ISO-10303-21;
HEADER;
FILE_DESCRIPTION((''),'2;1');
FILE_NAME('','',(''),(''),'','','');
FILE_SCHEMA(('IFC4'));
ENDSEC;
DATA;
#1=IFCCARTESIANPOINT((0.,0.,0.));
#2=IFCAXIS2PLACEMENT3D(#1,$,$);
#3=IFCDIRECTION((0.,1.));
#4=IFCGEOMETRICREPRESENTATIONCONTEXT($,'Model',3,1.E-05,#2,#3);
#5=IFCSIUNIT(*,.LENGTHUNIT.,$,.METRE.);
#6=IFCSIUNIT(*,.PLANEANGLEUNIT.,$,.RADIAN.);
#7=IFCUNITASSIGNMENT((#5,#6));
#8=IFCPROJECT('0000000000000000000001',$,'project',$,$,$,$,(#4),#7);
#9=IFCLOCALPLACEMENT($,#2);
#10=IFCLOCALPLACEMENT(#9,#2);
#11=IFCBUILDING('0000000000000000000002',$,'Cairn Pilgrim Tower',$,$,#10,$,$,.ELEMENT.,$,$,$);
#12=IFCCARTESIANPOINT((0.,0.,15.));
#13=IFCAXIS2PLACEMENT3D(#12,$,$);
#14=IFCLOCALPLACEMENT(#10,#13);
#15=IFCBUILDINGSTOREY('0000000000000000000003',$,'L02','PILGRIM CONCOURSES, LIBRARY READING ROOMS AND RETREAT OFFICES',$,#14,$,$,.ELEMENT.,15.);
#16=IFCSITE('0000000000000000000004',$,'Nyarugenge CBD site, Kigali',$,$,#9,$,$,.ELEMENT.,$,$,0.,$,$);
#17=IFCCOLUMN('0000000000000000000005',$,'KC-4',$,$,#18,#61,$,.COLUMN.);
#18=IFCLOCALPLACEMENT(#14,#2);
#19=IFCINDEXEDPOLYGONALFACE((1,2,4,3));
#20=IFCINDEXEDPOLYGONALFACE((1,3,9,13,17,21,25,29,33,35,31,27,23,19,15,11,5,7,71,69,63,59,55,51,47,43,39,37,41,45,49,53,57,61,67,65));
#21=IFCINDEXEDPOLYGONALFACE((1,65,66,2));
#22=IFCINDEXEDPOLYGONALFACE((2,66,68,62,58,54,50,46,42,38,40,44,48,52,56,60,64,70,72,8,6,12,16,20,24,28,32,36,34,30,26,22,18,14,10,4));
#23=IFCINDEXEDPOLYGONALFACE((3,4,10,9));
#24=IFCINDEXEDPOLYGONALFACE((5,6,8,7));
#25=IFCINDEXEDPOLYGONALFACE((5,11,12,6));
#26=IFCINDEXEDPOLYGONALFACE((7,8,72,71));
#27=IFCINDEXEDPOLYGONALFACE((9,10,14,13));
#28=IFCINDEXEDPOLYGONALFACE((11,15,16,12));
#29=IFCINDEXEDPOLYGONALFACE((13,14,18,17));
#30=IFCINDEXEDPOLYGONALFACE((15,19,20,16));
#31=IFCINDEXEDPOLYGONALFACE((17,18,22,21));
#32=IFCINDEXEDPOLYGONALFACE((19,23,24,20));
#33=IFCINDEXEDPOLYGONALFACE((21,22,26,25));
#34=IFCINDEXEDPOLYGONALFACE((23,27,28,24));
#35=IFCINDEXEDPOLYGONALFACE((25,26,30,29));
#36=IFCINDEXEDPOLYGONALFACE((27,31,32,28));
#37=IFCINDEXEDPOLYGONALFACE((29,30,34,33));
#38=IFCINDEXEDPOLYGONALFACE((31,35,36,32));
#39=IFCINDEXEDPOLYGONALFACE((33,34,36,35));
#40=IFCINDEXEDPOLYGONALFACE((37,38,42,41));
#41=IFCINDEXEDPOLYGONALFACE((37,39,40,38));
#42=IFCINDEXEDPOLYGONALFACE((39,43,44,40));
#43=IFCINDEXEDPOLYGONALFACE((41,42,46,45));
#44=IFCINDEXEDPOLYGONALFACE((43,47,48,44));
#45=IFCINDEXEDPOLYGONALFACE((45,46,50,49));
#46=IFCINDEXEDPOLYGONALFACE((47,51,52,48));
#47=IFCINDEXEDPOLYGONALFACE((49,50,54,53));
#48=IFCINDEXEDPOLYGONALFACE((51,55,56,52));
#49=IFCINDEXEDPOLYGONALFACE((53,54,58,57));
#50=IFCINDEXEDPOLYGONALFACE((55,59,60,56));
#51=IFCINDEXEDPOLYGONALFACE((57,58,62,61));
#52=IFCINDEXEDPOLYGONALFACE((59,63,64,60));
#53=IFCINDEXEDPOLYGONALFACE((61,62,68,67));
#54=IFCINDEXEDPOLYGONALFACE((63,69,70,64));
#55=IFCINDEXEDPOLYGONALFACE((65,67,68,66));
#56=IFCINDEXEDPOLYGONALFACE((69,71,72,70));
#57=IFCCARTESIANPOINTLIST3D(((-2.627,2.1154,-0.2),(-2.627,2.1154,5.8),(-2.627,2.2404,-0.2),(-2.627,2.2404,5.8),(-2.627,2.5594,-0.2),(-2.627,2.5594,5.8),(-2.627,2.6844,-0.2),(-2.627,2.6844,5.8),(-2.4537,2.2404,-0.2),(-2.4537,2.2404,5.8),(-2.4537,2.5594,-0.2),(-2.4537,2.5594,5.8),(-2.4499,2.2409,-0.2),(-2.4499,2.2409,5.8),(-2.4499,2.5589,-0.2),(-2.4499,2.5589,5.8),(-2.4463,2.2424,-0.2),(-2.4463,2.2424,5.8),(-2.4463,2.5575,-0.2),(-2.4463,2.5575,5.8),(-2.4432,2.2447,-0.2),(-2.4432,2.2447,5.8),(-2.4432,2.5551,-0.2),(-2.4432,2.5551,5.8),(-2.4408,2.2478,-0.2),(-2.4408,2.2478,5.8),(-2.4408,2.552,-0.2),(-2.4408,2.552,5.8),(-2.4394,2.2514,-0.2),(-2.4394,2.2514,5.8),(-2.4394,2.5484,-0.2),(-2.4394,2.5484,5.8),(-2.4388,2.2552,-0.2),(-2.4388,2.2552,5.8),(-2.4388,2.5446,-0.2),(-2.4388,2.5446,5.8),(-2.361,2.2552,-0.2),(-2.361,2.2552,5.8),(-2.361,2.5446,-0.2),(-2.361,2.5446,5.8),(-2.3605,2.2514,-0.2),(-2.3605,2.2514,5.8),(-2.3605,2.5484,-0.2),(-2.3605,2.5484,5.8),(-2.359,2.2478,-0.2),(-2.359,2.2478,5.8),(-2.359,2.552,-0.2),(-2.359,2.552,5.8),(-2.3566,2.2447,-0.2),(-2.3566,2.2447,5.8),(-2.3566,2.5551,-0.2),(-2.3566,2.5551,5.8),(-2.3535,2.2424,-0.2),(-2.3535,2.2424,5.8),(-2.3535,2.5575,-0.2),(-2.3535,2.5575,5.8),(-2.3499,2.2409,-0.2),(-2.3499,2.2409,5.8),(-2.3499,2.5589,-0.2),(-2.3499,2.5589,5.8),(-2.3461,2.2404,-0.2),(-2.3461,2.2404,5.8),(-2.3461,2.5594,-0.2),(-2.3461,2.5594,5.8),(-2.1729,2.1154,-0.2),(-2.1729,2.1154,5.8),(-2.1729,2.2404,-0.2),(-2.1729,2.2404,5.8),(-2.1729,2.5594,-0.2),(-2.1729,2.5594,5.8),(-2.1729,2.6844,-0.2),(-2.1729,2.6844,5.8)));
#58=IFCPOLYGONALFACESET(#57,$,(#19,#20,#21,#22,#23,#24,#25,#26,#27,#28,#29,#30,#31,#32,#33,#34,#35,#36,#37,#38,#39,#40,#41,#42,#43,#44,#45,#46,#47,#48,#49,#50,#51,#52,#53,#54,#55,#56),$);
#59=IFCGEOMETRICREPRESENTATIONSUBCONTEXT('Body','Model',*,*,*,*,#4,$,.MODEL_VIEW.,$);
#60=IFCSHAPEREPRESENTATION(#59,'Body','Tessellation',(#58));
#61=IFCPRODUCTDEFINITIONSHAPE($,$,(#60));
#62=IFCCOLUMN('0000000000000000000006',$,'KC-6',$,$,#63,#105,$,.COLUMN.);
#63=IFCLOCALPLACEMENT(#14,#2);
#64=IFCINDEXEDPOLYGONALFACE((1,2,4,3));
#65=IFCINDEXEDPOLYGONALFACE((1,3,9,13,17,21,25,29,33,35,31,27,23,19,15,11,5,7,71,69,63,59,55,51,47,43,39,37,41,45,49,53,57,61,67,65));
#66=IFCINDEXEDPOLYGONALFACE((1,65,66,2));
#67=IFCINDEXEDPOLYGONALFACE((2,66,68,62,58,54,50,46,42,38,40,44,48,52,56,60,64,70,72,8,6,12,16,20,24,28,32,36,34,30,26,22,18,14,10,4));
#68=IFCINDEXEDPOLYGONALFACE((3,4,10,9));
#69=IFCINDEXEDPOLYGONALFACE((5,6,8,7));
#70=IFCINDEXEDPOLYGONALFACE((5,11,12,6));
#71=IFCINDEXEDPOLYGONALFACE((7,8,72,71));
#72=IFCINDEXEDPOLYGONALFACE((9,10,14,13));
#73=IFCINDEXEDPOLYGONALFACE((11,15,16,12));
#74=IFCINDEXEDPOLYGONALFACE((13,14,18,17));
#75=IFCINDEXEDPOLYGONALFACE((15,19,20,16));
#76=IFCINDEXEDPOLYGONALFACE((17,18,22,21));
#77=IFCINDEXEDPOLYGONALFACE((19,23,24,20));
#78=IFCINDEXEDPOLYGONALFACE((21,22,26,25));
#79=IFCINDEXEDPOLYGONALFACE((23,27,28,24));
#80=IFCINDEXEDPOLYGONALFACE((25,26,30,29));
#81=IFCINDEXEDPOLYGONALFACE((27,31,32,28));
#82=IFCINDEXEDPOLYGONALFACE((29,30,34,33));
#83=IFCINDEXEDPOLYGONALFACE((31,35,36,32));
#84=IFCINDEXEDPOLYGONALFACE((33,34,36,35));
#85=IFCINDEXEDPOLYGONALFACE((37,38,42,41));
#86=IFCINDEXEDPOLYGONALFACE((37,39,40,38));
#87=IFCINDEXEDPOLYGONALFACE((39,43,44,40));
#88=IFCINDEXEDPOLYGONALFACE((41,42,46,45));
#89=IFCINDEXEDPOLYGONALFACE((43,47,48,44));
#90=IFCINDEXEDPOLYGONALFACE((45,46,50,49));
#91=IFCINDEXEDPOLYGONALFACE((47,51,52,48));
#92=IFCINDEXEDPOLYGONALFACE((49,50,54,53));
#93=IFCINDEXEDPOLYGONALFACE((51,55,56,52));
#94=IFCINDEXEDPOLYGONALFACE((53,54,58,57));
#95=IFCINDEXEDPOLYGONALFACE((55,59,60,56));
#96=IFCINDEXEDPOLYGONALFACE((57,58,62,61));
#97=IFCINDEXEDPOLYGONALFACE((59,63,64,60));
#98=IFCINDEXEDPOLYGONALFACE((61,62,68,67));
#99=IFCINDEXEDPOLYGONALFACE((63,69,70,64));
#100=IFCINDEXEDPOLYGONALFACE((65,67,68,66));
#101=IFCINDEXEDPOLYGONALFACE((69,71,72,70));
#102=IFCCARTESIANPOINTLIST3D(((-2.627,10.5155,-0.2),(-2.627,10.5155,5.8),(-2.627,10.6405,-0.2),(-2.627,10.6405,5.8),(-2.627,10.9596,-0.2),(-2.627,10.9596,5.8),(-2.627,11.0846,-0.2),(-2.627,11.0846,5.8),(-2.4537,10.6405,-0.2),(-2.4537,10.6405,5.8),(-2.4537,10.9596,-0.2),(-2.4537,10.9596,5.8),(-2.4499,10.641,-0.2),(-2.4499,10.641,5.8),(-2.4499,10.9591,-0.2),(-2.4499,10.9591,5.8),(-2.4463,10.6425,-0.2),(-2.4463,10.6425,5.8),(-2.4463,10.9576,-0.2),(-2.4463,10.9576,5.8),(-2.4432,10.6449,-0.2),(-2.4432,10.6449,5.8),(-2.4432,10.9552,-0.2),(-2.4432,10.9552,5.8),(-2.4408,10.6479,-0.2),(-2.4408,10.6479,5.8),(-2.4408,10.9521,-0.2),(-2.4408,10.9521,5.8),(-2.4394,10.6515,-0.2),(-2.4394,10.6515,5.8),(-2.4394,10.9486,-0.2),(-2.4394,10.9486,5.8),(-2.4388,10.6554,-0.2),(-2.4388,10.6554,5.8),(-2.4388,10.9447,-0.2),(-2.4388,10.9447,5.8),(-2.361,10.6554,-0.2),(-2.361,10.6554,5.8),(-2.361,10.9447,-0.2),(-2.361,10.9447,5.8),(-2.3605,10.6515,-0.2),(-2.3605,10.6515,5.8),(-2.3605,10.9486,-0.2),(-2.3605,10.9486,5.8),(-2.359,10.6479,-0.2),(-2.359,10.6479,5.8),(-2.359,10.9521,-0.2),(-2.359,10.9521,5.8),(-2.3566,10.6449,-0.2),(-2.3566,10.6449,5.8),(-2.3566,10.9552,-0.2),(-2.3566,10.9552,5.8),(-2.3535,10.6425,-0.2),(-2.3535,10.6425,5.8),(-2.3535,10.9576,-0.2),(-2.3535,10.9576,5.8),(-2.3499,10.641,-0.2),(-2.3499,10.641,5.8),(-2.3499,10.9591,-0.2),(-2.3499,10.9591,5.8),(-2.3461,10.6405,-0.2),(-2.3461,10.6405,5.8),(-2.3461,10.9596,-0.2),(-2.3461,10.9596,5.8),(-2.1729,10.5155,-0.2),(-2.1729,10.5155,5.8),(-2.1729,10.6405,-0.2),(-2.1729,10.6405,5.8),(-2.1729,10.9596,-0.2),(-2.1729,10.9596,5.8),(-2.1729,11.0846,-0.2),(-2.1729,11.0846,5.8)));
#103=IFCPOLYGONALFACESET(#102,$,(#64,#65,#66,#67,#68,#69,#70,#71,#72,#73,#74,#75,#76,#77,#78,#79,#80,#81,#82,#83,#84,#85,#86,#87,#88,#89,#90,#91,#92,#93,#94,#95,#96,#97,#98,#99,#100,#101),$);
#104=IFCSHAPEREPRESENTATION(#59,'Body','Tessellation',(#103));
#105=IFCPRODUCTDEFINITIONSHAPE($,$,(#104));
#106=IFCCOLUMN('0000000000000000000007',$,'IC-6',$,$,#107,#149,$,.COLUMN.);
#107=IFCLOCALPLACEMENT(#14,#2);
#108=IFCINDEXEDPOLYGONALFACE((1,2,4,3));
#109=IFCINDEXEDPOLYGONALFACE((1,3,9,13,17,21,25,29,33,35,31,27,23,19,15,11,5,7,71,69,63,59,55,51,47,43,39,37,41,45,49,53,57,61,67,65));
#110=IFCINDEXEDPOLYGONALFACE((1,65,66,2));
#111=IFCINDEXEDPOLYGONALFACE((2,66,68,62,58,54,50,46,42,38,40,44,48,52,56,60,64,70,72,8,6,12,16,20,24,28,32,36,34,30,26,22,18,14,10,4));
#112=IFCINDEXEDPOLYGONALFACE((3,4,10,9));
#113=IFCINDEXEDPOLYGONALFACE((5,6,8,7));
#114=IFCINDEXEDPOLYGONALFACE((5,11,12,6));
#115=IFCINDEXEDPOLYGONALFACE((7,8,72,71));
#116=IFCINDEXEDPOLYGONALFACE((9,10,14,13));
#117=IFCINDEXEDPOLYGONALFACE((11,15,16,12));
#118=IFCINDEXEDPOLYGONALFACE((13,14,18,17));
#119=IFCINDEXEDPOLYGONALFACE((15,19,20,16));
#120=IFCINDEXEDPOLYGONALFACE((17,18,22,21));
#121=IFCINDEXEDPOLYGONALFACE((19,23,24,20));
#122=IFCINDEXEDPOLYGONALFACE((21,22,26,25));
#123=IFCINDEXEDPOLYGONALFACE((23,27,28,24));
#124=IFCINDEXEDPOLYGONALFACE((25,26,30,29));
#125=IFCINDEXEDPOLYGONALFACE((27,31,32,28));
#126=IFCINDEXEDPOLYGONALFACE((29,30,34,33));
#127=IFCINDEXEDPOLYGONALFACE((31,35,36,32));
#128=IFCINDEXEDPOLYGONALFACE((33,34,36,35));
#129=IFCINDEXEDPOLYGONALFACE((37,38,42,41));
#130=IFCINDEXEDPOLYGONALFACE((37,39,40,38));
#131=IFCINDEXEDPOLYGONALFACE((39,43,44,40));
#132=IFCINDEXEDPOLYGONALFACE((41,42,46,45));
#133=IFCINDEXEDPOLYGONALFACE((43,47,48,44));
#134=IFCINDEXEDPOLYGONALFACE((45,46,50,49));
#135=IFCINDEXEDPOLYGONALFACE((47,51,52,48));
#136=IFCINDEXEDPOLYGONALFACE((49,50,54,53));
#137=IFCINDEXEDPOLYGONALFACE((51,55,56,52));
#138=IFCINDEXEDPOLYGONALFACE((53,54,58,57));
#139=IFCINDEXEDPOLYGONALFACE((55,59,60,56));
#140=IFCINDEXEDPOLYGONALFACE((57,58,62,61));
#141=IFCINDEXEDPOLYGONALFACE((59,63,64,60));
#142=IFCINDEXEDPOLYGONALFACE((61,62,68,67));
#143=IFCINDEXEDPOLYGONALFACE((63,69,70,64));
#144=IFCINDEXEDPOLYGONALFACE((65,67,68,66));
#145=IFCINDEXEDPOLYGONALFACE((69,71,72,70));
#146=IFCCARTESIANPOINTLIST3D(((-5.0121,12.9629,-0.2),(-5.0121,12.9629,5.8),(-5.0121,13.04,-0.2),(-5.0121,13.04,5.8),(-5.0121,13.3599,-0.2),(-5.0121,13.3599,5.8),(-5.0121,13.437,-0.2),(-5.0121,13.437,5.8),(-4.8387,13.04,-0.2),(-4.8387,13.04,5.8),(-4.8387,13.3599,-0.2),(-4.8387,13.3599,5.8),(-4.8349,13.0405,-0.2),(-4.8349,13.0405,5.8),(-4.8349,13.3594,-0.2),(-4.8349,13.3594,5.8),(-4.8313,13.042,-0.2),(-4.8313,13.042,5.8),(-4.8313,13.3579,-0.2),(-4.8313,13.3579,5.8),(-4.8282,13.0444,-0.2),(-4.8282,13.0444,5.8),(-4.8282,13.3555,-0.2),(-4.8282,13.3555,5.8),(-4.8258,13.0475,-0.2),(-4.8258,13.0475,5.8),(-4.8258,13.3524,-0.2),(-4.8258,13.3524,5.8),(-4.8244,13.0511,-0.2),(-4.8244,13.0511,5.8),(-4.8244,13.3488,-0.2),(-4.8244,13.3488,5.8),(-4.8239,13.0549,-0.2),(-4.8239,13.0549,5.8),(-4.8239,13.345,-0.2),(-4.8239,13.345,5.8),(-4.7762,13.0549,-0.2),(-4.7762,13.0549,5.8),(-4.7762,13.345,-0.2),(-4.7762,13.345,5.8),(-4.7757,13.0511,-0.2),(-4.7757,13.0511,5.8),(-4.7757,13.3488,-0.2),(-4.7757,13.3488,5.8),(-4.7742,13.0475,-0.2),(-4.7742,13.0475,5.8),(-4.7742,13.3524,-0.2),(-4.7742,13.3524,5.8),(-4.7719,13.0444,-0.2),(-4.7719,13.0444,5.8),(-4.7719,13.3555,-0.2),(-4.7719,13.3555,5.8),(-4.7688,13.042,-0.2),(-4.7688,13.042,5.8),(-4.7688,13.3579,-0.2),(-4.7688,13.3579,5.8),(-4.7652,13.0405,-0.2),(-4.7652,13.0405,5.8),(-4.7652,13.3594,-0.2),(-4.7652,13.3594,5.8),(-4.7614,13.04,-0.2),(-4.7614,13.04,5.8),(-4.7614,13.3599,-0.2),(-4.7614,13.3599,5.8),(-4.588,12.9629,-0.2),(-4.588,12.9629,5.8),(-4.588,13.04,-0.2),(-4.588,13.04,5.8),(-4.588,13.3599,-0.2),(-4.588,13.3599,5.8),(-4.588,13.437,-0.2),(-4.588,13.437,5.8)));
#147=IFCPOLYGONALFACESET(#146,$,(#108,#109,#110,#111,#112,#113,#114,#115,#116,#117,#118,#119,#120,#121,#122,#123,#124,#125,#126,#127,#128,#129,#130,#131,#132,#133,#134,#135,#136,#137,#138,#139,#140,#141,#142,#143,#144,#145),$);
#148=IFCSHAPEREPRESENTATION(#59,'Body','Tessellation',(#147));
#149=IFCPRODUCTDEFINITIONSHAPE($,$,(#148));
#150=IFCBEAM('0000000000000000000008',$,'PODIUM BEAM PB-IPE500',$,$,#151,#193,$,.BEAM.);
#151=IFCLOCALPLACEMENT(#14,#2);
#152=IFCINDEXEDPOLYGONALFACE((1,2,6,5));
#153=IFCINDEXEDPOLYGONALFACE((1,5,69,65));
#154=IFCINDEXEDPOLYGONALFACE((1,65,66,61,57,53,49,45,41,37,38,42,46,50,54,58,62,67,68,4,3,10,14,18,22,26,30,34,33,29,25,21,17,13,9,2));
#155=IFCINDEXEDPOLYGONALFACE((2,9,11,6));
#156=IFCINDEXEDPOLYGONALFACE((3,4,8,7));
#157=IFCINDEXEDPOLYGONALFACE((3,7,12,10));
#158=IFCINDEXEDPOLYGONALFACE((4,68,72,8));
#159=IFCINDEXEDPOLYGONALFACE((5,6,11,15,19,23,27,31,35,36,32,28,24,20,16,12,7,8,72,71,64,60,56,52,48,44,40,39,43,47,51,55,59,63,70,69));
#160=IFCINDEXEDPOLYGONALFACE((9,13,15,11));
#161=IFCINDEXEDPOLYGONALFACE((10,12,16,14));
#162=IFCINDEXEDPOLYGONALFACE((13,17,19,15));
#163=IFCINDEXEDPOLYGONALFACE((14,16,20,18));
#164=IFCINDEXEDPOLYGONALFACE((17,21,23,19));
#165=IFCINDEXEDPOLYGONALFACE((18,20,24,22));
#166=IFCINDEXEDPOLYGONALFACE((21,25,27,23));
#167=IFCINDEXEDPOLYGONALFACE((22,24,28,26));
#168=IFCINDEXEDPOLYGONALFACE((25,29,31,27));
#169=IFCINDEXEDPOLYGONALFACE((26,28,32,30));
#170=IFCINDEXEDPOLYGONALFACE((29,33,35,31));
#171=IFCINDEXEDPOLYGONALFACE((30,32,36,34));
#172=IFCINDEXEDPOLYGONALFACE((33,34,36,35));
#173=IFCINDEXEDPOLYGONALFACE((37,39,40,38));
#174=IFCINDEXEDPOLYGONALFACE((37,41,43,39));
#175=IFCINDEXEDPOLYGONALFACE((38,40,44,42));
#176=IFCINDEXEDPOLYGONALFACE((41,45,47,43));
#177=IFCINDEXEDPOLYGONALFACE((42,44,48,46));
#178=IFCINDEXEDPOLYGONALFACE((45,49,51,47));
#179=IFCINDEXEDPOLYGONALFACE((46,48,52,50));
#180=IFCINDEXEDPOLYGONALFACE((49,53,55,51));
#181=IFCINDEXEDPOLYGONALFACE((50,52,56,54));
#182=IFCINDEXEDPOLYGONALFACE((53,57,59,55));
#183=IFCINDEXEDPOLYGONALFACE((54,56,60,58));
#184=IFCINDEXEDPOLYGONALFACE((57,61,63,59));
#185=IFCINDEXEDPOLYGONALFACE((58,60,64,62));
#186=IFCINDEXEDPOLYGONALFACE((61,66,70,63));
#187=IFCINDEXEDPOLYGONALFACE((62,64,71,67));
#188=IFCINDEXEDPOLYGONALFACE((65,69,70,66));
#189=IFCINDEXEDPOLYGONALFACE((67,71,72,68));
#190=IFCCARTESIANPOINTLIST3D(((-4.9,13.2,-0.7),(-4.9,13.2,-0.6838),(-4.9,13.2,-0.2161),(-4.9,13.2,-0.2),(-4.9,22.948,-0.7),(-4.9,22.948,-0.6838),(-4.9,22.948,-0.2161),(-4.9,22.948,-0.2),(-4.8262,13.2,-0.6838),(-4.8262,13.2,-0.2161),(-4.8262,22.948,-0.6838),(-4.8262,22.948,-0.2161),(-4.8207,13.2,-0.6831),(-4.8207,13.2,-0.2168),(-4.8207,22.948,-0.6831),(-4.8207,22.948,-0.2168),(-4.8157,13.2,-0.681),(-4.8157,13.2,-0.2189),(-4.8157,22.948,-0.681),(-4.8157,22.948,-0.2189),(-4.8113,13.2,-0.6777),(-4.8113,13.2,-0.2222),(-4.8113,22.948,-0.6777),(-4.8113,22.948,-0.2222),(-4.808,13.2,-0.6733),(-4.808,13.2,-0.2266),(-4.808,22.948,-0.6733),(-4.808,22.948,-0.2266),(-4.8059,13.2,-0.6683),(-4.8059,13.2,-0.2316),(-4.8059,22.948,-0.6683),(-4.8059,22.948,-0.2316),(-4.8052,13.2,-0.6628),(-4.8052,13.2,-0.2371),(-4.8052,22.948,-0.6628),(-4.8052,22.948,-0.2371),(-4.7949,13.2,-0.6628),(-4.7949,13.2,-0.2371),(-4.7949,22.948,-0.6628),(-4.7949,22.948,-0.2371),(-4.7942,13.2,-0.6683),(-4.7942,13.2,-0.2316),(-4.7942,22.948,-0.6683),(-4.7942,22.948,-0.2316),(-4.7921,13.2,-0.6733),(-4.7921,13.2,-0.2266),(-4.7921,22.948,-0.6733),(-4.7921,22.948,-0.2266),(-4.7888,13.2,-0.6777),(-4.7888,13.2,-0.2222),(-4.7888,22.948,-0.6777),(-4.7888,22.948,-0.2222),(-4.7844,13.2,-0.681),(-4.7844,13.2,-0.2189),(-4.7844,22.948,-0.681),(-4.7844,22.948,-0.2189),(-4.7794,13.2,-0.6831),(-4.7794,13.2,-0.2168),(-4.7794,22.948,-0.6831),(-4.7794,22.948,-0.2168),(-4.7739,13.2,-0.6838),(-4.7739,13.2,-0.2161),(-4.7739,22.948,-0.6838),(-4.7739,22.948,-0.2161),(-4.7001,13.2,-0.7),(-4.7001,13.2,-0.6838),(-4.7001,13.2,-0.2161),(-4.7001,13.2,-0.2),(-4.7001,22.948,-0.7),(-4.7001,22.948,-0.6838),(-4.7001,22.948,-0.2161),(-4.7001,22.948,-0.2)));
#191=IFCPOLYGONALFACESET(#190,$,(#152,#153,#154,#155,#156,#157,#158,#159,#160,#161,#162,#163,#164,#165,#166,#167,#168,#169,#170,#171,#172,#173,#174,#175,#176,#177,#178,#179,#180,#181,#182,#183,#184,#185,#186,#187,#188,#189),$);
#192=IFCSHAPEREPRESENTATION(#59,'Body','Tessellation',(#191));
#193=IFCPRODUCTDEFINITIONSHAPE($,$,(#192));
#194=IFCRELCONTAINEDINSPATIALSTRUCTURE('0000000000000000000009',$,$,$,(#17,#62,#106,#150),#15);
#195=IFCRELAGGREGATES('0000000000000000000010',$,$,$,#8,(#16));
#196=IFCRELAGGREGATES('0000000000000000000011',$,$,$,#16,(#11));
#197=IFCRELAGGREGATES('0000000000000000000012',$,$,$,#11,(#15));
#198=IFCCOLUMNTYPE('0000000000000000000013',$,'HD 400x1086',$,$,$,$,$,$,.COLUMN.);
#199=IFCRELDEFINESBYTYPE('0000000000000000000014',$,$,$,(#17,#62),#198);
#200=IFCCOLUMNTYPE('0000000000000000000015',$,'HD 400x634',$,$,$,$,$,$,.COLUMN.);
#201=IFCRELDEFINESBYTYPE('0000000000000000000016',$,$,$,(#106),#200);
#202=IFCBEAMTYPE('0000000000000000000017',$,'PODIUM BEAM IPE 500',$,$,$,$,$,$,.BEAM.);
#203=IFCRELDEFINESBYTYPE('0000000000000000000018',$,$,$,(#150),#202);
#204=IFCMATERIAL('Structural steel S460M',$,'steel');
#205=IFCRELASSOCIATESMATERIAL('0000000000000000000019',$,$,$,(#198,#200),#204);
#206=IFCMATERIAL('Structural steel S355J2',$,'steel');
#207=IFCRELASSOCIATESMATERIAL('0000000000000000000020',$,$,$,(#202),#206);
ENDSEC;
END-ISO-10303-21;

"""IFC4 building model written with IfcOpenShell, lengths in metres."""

from ifc_helpers import new_model, si_unit, direction, frame, origin, origin_2d, place, context, subcontext, project, spatial, i_section, extrude, material, material_profile, profile_set, type_object, element, save


model = new_model("IFC4")

# Units and contexts
model_context = context("Model", 3, precision=1e-05, world=origin(), true_north=direction((0.0, 1.0)))
body_context = subcontext(model_context, "Body", "Model", "MODEL_VIEW")
ifc_project = project(units=[si_unit("LENGTHUNIT", "METRE"), si_unit("PLANEANGLEUNIT", "RADIAN")], contexts=[model_context])

# Site, building, storey
site_placement = place(None, origin())
site = spatial("IfcSite", under=ifc_project, at=site_placement, Name="Nyarugenge CBD site, Kigali", CompositionType="ELEMENT", RefElevation=0.0)
building_placement = place(site_placement, origin())
building = spatial("IfcBuilding", under=site, at=building_placement, Name="Cairn Pilgrim Tower", CompositionType="ELEMENT")
storey_placement = place(building_placement, frame((0.0, 0.0, 15.0)))
storey = spatial("IfcBuildingStorey", under=building, at=storey_placement, Name="L02", Description="PILGRIM CONCOURSES, LIBRARY READING ROOMS AND RETREAT OFFICES", CompositionType="ELEMENT", Elevation=15.0)

# Columns
ifc_material_1 = material(Name="Structural steel S460M", Category="steel")
ifc_material_profile_1 = material_profile(ifc_material_1, i_section(OverallWidth=0.4541, OverallDepth=0.5691, WebThickness=0.0779, FlangeThickness=0.125, FilletRadius=0.0149, at=origin_2d()), Name="HD 400x1086")
ifc_profile_set_1 = profile_set([ifc_material_profile_1], Name="Structural steel S460M")
column_type_1 = type_object("IfcColumnType", Name="HD 400x1086", PredefinedType="COLUMN", material=ifc_profile_set_1)
for number, where, z_axis, x_axis, name in (
    (1, (-2.3999, 2.3999, -0.2), (0.0, 0.0, 1.0), (1.0, 0.0, 0.0), "KC-4"),
    (2, (-2.3999, 10.8, -0.2), (0.0, 0.0, 1.0), (1.0, 0.0, 0.0), "KC-6"),
):
    element("IfcColumn", number, at=place(storey_placement, frame(where, z_axis=z_axis, x_axis=x_axis)), inside=storey, type_object=column_type_1, Name=name, PredefinedType="COLUMN", context=body_context, shape_type="SweptSolid", body=[
        extrude(i_section(OverallWidth=0.4541, OverallDepth=0.5691, WebThickness=0.0779, FlangeThickness=0.125, FilletRadius=0.0149, at=origin_2d()), origin(), (0.0, 0.0, 1.0), 6.0),
    ])
ifc_material_profile_2 = material_profile(ifc_material_1, i_section(OverallWidth=0.4241, OverallDepth=0.4741, WebThickness=0.0476, FlangeThickness=0.0771, FilletRadius=0.0149, at=origin_2d()), Name="HD 400x634")
ifc_profile_set_2 = profile_set([ifc_material_profile_2], Name="Structural steel S460M")
column_type_2 = type_object("IfcColumnType", Name="HD 400x634", PredefinedType="COLUMN", material=ifc_profile_set_2)
column_placement = place(storey_placement, frame((-4.8, 13.2, -0.2), z_axis=(0.0, 0.0, 1.0), x_axis=(1.0, 0.0, 0.0)))
element("IfcColumn", 3, at=column_placement, inside=storey, type_object=column_type_2, Name="IC-6", PredefinedType="COLUMN", context=body_context, shape_type="SweptSolid", body=[
    extrude(i_section(OverallWidth=0.4241, OverallDepth=0.4741, WebThickness=0.0476, FlangeThickness=0.0771, FilletRadius=0.0149, at=origin_2d()), origin(), (0.0, 0.0, 1.0), 6.0),
])

# Beam
ifc_material_2 = material(Name="Structural steel S355J2", Category="steel")
ifc_material_profile_3 = material_profile(ifc_material_2, i_section(OverallWidth=0.2, OverallDepth=0.5, WebThickness=0.0103, FlangeThickness=0.0161, FilletRadius=0.021, at=origin_2d()), Name="IPE 500")
ifc_profile_set_3 = profile_set([ifc_material_profile_3], Name="Structural steel S355J2")
beam_type_1 = type_object("IfcBeamType", Name="PODIUM BEAM IPE 500", PredefinedType="BEAM", material=ifc_profile_set_3)
for number, where, z_axis, x_axis, name in (
    (4, (-4.8, 13.2, -0.45), (0.0, 1.0, 0.0), (-1.0, 0.0, 0.0), "PODIUM BEAM PB-IPE500"),
):
    element("IfcBeam", number, at=place(storey_placement, frame(where, z_axis=z_axis, x_axis=x_axis)), inside=storey, type_object=beam_type_1, Name=name, PredefinedType="BEAM", context=body_context, shape_type="SweptSolid", body=[
        extrude(i_section(OverallWidth=0.2, OverallDepth=0.5, WebThickness=0.0103, FlangeThickness=0.0161, FilletRadius=0.021, at=origin_2d()), origin(), (0.0, 0.0, 1.0), 9.748),
    ])

save(model, "model.ifc")
